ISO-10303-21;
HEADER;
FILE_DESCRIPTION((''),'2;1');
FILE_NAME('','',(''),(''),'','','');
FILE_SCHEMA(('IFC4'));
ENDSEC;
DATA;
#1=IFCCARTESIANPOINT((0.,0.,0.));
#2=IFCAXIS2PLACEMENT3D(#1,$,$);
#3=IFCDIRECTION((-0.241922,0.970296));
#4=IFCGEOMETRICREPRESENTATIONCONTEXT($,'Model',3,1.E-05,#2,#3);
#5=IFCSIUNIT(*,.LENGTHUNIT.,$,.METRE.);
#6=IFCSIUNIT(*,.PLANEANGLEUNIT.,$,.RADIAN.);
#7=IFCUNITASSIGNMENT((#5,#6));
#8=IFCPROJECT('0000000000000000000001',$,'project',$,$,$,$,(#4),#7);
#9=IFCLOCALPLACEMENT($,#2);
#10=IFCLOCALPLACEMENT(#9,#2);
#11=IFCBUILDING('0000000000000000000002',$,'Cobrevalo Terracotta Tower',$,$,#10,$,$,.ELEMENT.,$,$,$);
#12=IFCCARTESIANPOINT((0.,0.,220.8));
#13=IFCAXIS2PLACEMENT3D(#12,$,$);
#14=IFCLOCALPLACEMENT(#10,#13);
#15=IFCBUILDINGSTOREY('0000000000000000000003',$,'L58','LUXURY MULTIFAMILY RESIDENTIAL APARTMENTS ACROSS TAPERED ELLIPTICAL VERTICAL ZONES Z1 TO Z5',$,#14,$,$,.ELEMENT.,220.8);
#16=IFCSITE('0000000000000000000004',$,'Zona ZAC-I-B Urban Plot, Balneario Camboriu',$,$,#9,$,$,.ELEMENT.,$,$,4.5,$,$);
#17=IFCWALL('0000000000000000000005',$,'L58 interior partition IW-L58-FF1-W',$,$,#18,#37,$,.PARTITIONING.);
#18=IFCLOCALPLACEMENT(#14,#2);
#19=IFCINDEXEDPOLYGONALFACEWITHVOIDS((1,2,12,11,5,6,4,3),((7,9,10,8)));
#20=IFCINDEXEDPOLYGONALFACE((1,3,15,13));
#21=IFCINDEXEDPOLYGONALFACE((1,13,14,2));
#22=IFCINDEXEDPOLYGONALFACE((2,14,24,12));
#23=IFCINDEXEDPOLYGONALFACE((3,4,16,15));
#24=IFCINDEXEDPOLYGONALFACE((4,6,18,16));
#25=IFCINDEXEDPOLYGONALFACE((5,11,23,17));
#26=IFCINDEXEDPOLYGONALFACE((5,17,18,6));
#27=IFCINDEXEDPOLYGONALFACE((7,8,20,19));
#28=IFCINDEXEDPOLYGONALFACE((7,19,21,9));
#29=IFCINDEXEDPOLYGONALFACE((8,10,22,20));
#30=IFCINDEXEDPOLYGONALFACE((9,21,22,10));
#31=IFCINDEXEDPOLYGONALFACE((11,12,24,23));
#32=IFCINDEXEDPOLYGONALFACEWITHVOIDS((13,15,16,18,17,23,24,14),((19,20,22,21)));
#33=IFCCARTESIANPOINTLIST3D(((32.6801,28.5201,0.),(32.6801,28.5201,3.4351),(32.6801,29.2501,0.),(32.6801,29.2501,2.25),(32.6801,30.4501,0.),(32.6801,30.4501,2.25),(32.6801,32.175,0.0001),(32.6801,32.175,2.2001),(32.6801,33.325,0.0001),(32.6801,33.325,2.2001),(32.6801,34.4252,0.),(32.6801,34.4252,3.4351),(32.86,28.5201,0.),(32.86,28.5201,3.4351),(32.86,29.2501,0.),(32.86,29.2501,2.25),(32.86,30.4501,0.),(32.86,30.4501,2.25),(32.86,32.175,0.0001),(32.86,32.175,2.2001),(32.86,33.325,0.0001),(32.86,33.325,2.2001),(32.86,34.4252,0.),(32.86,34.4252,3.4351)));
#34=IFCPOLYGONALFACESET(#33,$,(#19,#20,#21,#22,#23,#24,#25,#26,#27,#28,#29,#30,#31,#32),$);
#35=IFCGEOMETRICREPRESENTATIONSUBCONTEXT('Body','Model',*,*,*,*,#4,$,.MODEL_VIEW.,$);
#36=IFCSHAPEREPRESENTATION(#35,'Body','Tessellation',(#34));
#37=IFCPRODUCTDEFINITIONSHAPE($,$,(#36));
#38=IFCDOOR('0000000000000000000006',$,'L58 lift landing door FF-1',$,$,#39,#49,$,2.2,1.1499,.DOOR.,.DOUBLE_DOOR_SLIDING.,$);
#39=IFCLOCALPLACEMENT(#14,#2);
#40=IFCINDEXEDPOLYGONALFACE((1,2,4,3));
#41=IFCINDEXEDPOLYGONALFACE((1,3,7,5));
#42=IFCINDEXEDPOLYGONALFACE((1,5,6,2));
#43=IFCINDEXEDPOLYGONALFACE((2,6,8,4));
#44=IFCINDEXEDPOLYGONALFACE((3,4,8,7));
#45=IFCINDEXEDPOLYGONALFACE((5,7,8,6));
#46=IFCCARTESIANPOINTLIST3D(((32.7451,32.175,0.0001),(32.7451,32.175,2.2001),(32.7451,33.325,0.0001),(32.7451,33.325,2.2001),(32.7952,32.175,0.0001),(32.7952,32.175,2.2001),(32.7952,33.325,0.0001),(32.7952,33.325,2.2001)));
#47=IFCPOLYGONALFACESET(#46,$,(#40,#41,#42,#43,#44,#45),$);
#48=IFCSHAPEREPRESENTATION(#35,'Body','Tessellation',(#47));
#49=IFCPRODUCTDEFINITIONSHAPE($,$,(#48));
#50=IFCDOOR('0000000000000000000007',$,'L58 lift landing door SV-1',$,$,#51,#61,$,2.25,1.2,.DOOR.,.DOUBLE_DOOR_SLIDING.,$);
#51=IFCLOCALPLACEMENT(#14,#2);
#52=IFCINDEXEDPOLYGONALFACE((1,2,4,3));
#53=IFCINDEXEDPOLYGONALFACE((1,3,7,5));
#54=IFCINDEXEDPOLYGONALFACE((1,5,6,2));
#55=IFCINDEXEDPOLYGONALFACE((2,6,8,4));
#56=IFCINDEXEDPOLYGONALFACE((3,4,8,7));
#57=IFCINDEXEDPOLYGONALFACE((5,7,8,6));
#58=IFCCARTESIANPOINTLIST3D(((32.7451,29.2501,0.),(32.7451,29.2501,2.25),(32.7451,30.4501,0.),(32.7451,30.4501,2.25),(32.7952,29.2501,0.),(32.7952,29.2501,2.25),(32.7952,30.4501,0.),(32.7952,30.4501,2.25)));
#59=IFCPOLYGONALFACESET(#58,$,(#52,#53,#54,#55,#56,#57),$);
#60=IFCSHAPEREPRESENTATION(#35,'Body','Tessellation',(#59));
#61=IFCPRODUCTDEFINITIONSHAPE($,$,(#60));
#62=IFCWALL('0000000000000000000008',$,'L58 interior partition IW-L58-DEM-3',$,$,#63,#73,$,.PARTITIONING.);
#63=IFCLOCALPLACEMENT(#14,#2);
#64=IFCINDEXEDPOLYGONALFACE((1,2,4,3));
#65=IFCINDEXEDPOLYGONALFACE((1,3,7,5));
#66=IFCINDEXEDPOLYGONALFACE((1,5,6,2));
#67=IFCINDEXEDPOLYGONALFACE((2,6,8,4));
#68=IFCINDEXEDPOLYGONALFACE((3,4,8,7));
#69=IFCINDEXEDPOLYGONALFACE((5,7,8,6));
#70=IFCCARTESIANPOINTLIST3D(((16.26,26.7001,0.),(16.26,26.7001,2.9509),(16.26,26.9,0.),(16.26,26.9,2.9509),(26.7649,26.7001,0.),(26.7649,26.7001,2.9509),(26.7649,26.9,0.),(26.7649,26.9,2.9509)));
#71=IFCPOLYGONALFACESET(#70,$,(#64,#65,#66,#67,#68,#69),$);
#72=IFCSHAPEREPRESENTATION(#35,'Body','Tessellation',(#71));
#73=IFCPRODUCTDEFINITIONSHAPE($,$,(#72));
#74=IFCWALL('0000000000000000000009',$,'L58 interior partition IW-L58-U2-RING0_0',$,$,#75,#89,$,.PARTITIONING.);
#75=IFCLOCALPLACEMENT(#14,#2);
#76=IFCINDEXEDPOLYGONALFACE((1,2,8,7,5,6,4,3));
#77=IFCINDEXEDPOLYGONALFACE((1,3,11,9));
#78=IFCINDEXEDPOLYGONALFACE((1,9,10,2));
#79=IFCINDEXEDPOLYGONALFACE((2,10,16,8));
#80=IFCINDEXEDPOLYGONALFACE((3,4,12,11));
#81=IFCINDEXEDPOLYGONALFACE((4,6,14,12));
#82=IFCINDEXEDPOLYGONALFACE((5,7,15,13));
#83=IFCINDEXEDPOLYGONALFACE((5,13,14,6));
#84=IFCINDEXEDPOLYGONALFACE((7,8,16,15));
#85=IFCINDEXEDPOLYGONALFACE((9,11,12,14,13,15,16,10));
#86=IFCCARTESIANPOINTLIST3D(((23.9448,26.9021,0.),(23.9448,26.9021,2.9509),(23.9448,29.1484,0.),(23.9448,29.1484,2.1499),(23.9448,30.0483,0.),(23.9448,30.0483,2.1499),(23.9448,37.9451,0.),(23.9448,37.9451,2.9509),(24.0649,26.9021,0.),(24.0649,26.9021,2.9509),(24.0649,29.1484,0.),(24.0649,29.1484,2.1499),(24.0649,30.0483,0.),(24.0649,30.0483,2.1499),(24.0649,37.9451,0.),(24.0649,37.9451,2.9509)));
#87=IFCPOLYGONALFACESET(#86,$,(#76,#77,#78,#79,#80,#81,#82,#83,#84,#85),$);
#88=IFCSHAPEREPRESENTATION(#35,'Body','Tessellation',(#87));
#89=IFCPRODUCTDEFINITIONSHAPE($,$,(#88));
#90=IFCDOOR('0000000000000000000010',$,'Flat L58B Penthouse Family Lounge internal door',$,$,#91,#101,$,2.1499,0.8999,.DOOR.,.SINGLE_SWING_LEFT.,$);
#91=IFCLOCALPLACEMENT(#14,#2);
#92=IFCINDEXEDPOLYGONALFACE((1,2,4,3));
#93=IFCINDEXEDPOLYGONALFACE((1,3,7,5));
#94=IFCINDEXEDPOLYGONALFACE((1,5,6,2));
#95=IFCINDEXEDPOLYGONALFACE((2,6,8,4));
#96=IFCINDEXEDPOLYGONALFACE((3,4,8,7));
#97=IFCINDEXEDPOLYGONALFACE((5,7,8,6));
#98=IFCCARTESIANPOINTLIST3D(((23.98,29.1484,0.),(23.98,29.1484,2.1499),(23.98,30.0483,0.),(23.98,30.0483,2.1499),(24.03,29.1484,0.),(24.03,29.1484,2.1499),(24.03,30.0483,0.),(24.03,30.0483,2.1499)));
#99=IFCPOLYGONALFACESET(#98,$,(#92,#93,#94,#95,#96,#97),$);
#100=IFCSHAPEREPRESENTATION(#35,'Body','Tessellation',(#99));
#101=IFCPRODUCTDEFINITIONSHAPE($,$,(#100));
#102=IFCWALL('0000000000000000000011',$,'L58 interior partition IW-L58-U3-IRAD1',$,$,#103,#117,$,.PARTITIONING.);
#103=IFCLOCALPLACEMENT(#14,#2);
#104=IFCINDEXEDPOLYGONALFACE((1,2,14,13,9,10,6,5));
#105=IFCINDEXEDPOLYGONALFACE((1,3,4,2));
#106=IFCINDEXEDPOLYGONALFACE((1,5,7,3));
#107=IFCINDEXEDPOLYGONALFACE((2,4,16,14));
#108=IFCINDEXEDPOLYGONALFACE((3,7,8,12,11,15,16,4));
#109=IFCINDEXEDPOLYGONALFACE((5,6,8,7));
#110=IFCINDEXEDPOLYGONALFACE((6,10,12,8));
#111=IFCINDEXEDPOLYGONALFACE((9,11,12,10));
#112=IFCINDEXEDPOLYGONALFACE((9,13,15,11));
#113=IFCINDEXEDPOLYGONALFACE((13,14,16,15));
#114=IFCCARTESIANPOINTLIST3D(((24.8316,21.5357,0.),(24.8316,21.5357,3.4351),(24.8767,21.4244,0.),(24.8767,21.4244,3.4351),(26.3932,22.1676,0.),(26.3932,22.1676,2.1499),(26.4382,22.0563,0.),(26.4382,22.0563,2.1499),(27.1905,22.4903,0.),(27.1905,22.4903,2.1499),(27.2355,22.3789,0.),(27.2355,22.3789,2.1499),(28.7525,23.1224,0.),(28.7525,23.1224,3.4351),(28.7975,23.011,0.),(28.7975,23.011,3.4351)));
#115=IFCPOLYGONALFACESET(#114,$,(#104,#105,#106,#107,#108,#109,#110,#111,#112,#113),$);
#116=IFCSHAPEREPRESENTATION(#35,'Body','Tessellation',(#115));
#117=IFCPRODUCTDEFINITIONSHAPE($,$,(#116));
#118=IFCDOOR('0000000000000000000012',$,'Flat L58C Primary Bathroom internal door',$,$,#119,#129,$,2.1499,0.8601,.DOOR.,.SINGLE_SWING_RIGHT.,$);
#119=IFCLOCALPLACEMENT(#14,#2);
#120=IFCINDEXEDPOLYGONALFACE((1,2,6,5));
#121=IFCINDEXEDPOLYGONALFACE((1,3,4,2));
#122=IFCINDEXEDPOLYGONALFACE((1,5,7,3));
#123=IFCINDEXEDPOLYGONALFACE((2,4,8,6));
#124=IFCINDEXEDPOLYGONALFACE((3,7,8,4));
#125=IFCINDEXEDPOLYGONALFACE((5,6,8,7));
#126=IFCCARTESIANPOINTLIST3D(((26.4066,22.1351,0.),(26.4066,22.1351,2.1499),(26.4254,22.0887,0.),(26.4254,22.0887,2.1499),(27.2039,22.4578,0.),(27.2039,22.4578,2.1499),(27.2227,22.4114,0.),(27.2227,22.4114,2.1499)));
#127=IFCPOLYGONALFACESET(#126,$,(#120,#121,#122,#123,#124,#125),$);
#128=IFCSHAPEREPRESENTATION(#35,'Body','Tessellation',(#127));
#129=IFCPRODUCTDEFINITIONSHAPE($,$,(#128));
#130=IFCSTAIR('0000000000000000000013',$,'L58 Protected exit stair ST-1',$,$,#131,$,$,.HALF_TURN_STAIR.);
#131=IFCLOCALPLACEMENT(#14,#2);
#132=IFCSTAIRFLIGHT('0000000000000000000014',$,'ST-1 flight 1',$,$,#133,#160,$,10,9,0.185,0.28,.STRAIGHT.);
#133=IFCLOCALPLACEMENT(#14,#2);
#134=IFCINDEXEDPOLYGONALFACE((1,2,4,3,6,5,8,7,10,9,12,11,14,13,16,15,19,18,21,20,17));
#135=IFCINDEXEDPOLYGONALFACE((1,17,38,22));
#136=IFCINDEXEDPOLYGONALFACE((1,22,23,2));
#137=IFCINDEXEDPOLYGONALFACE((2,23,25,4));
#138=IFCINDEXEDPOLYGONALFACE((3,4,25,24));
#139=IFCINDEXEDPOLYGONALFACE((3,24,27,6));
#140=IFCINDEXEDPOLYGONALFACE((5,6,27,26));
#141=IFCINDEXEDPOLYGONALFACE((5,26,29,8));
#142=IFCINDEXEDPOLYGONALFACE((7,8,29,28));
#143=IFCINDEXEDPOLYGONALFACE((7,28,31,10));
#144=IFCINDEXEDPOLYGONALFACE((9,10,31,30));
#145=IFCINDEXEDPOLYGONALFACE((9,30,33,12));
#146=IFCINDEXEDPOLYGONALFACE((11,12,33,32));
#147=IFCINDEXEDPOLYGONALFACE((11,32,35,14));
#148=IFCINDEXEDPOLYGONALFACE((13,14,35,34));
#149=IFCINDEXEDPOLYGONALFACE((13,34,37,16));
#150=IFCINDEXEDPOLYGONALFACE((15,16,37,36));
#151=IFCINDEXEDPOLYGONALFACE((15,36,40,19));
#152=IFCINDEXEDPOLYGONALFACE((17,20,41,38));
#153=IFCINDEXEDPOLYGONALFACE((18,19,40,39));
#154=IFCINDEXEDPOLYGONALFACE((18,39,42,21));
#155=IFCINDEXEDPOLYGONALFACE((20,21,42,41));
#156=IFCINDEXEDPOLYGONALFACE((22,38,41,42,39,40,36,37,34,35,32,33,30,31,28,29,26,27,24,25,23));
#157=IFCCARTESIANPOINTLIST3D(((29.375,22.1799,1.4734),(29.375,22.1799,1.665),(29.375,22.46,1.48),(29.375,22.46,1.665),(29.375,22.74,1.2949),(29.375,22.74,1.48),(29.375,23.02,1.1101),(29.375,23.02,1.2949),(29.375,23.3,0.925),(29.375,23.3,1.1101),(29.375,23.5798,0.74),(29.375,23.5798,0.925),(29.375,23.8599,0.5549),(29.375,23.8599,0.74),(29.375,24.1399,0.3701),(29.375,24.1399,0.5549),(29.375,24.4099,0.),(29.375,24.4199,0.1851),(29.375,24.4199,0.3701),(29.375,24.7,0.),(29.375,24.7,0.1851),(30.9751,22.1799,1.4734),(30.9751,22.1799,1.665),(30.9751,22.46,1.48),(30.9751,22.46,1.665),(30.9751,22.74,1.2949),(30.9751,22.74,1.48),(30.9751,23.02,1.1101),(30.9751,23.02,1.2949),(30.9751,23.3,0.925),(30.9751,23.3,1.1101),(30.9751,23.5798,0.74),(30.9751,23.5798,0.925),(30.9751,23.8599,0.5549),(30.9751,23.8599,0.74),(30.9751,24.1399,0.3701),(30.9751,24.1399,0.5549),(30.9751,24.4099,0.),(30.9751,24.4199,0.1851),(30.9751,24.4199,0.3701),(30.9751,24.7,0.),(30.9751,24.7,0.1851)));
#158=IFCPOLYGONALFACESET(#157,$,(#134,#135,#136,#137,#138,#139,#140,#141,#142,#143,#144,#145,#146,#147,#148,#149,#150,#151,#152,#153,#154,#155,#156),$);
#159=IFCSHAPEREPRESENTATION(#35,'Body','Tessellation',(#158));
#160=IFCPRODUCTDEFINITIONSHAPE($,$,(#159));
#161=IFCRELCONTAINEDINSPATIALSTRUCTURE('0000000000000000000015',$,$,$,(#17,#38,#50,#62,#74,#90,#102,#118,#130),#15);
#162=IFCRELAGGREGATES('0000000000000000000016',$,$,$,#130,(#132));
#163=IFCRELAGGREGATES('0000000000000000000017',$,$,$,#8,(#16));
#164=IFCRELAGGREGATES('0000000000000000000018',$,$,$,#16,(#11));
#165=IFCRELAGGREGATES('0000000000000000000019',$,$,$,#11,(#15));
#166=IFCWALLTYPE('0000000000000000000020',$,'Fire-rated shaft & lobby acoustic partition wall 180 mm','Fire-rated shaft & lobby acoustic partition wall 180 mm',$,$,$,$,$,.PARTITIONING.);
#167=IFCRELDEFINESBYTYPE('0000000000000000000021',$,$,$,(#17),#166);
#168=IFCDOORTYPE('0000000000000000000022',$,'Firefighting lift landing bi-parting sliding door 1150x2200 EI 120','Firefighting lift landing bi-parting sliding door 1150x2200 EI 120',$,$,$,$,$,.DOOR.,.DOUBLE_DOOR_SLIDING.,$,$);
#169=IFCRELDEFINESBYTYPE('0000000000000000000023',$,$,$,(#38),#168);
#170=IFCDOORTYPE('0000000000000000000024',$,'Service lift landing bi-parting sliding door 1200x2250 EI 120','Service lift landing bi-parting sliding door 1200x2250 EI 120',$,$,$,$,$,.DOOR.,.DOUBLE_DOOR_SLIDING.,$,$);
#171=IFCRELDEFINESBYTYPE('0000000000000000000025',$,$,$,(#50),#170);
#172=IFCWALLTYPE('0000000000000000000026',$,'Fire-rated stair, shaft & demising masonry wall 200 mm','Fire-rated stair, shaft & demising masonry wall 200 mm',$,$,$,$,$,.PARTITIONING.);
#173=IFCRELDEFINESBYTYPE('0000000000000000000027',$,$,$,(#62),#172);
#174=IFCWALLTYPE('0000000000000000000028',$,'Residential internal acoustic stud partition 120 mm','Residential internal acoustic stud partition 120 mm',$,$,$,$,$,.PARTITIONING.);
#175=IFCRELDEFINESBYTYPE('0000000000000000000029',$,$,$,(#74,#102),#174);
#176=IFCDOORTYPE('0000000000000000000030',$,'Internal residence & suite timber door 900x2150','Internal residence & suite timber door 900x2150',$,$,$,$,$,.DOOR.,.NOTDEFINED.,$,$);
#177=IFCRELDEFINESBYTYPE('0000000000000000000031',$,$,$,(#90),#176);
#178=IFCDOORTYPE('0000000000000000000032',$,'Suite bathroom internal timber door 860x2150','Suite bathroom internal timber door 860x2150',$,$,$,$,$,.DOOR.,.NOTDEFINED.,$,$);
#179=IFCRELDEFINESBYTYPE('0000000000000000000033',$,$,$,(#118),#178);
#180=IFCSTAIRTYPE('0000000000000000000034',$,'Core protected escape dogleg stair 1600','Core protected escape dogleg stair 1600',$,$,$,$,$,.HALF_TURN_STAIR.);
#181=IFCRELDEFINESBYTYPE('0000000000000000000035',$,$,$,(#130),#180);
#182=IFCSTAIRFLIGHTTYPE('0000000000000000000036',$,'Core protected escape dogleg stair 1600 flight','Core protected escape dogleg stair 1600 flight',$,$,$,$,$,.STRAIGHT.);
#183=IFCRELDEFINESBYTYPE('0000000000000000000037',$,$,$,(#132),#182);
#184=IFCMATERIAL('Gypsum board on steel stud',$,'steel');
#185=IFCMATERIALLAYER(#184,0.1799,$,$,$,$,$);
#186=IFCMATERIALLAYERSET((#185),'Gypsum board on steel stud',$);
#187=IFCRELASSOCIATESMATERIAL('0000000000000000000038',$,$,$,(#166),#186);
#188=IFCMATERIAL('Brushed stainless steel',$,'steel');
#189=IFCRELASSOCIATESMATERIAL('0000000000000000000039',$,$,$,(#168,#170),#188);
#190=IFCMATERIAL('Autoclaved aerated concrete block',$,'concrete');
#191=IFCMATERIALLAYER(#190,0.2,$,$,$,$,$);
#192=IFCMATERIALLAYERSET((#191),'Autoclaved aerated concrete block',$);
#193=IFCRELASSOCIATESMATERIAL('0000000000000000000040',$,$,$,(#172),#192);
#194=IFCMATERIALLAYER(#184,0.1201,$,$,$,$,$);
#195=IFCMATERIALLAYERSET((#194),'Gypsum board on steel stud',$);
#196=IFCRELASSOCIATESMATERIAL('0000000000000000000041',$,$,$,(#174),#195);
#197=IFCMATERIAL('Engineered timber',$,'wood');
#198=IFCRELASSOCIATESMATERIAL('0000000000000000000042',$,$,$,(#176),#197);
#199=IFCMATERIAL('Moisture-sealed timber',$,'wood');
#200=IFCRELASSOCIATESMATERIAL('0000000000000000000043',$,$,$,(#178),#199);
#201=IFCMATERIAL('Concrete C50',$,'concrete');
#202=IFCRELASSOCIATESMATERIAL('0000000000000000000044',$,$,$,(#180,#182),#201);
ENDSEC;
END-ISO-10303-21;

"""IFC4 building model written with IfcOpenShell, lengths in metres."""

from ifc_helpers import new_model, si_unit, direction, frame, frame_2d, origin, place, context, subcontext, project, spatial, polyline, rectangle, outline, extrude, source, transform, mapped, material, layer, layer_set, type_object, element, fill, aggregate, save


model = new_model("IFC4")

# Units and contexts
model_context = context("Model", 3, precision=1e-05, world=origin(), true_north=direction((-0.241922, 0.970296)))
body_context = subcontext(model_context, "Body", "Model", "MODEL_VIEW")
ifc_project = project(units=[si_unit("LENGTHUNIT", "METRE"), si_unit("PLANEANGLEUNIT", "RADIAN")], contexts=[model_context])

# Site, building, storey
site_placement = place(None, origin())
site = spatial("IfcSite", under=ifc_project, at=site_placement, Name="Zona ZAC-I-B Urban Plot, Balneario Camboriu", CompositionType="ELEMENT", RefElevation=4.5)
building_placement = place(site_placement, origin())
building = spatial("IfcBuilding", under=site, at=building_placement, Name="Cobrevalo Terracotta Tower", CompositionType="ELEMENT")
storey_placement = place(building_placement, frame((0.0, 0.0, 220.8)))
storey = spatial("IfcBuildingStorey", under=building, at=storey_placement, Name="L58", Description="LUXURY MULTIFAMILY RESIDENTIAL APARTMENTS ACROSS TAPERED ELLIPTICAL VERTICAL ZONES Z1 TO Z5", CompositionType="ELEMENT", Elevation=220.8)

# Shared definitions
ifc_material_1 = material(Name="Gypsum board on steel stud", Category="steel")

# Shared definitions
ifc_layer_1 = layer(ifc_material_1, 0.1799)
ifc_layer_set_1 = layer_set([ifc_layer_1], Name="Gypsum board on steel stud")
wall_type_1 = type_object("IfcWallType", Name="Fire-rated shaft & lobby acoustic partition wall 180 mm", Description="Fire-rated shaft & lobby acoustic partition wall 180 mm", PredefinedType="PARTITIONING", material=ifc_layer_set_1)

# Wall, openings, doors
wall_1_placement = place(storey_placement, frame((32.77, 28.52, 0.0), z_axis=(0.0, 0.0, 1.0), x_axis=(0.0, 1.0, 0.0)))
wall_1 = element("IfcWall", 1, at=wall_1_placement, inside=storey, type_object=wall_type_1, Name="L58 interior partition IW-L58-FF1-W", PredefinedType="PARTITIONING", context=body_context, shape_type="SweptSolid", body=[
    extrude(rectangle(XDim=5.905, YDim=0.1799, at=frame_2d((2.9526, 0.0))), origin(), (0.0, 0.0, 1.0), 3.4351),
])
opening_1_placement = place(wall_1_placement, frame((3.655, 0.0, 0.0)))
opening_1 = element("IfcOpeningElement", 2, at=opening_1_placement, cuts=wall_1, PredefinedType="OPENING", context=body_context, shape_type="SweptSolid", body=[
    extrude(rectangle(XDim=1.1499, YDim=2.2, at=frame_2d((0.575, 1.1001))), frame((0.0, 0.1001, 0.0), z_axis=(0.0, -1.0, 0.0), x_axis=(1.0, 0.0, 0.0)), (0.0, 0.0, 1.0), 0.2),
])
opening_2_placement = place(wall_1_placement, frame((0.73, 0.0, 0.0)))
opening_2 = element("IfcOpeningElement", 3, at=opening_2_placement, cuts=wall_1, PredefinedType="OPENING", context=body_context, shape_type="SweptSolid", body=[
    extrude(rectangle(XDim=1.2, YDim=2.25, at=frame_2d((0.6001, 1.125))), frame((0.0, 0.1001, 0.0), z_axis=(0.0, -1.0, 0.0), x_axis=(1.0, 0.0, 0.0)), (0.0, 0.0, 1.0), 0.2),
])
ifc_material_2 = material(Name="Brushed stainless steel", Category="steel")
door_type_1 = type_object("IfcDoorType", Name="Firefighting lift landing bi-parting sliding door 1150x2200 EI 120", Description="Firefighting lift landing bi-parting sliding door 1150x2200 EI 120", OperationType="DOUBLE_DOOR_SLIDING", PredefinedType="DOOR", material=ifc_material_2)
shared_shape_1 = source(origin(), body_context, "Body", "SweptSolid", [
    extrude(rectangle(XDim=1.1499, YDim=2.2, at=frame_2d((0.575, 1.1001))), frame((0.0, 0.0249, 0.0), z_axis=(0.0, -1.0, 0.0), x_axis=(1.0, 0.0, 0.0)), (0.0, 0.0, 1.0), 0.05),
])
door_1_placement = place(opening_1_placement, origin())
door_1 = element("IfcDoor", 4, at=door_1_placement, inside=storey, type_object=door_type_1, Name="L58 lift landing door FF-1", OperationType="DOUBLE_DOOR_SLIDING", OverallHeight=2.2, OverallWidth=1.1499, PredefinedType="DOOR", context=body_context, shape_type="MappedRepresentation", body=[
    mapped(shared_shape_1, transform((0.0, 0.0, 0.0), scale=1.0)),
])
fill(opening_1, door_1)
door_type_2 = type_object("IfcDoorType", Name="Service lift landing bi-parting sliding door 1200x2250 EI 120", Description="Service lift landing bi-parting sliding door 1200x2250 EI 120", OperationType="DOUBLE_DOOR_SLIDING", PredefinedType="DOOR", material=ifc_material_2)
shared_shape_2 = source(origin(), body_context, "Body", "SweptSolid", [
    extrude(rectangle(XDim=1.2, YDim=2.25, at=frame_2d((0.6001, 1.125))), frame((0.0, 0.0249, 0.0), z_axis=(0.0, -1.0, 0.0), x_axis=(1.0, 0.0, 0.0)), (0.0, 0.0, 1.0), 0.05),
])
door_2_placement = place(opening_2_placement, origin())
door_2 = element("IfcDoor", 5, at=door_2_placement, inside=storey, type_object=door_type_2, Name="L58 lift landing door SV-1", OperationType="DOUBLE_DOOR_SLIDING", OverallHeight=2.25, OverallWidth=1.2, PredefinedType="DOOR", context=body_context, shape_type="MappedRepresentation", body=[
    mapped(shared_shape_2, transform((0.0, 0.0, 0.0), scale=1.0)),
])
fill(opening_2, door_2)

# Wall
ifc_material_3 = material(Name="Autoclaved aerated concrete block", Category="concrete")
ifc_layer_2 = layer(ifc_material_3, 0.2)
ifc_layer_set_2 = layer_set([ifc_layer_2], Name="Autoclaved aerated concrete block")
wall_type_2 = type_object("IfcWallType", Name="Fire-rated stair, shaft & demising masonry wall 200 mm", Description="Fire-rated stair, shaft & demising masonry wall 200 mm", PredefinedType="PARTITIONING", material=ifc_layer_set_2)
wall_2_placement = place(storey_placement, frame((26.7649, 26.8, 0.0), z_axis=(0.0, 0.0, 1.0), x_axis=(-1.0, 0.0, 0.0)))
element("IfcWall", 6, at=wall_2_placement, inside=storey, type_object=wall_type_2, Name="L58 interior partition IW-L58-DEM-3", PredefinedType="PARTITIONING", context=body_context, shape_type="SweptSolid", body=[
    extrude(rectangle(XDim=10.5049, YDim=0.2, at=frame_2d((5.2524, 0.0))), origin(), (0.0, 0.0, 1.0), 2.9509),
])

# Walls, openings, doors
ifc_layer_3 = layer(ifc_material_1, 0.1201)
ifc_layer_set_3 = layer_set([ifc_layer_3], Name="Gypsum board on steel stud")
wall_type_3 = type_object("IfcWallType", Name="Residential internal acoustic stud partition 120 mm", Description="Residential internal acoustic stud partition 120 mm", PredefinedType="PARTITIONING", material=ifc_layer_set_3)
wall_3_placement = place(storey_placement, frame((24.0049, 26.9021, 0.0), z_axis=(0.0, 0.0, 1.0), x_axis=(0.0, 1.0, 0.0)))
wall_3 = element("IfcWall", 7, at=wall_3_placement, inside=storey, type_object=wall_type_3, Name="L58 interior partition IW-L58-U2-RING0_0", PredefinedType="PARTITIONING", context=body_context, shape_type="SweptSolid", body=[
    extrude(rectangle(XDim=11.043, YDim=0.1201, at=frame_2d((5.5215, 0.0))), origin(), (0.0, 0.0, 1.0), 2.9509),
])
opening_3_placement = place(wall_3_placement, frame((2.2463, 0.0, 0.0)))
opening_3 = element("IfcOpeningElement", 8, at=opening_3_placement, cuts=wall_3, PredefinedType="OPENING", context=body_context, shape_type="SweptSolid", body=[
    extrude(rectangle(XDim=0.8999, YDim=2.1499, at=frame_2d((0.45, 1.075))), frame((0.0, 0.0701, 0.0), z_axis=(0.0, -1.0, 0.0), x_axis=(1.0, 0.0, 0.0)), (0.0, 0.0, 1.0), 0.1401),
])
ifc_material_4 = material(Name="Engineered timber", Category="wood")
door_type_3 = type_object("IfcDoorType", Name="Internal residence & suite timber door 900x2150", Description="Internal residence & suite timber door 900x2150", OperationType="NOTDEFINED", PredefinedType="DOOR", material=ifc_material_4)
shared_shape_3 = source(origin(), body_context, "Body", "SweptSolid", [
    extrude(rectangle(XDim=0.8999, YDim=2.1499, at=frame_2d((0.45, 1.075))), frame((0.0, 0.0249, 0.0), z_axis=(0.0, -1.0, 0.0), x_axis=(1.0, 0.0, 0.0)), (0.0, 0.0, 1.0), 0.05),
])
door_3_placement = place(opening_3_placement, origin())
door_3 = element("IfcDoor", 9, at=door_3_placement, inside=storey, type_object=door_type_3, Name="Flat L58B Penthouse Family Lounge internal door", OperationType="SINGLE_SWING_LEFT", OverallHeight=2.1499, OverallWidth=0.8999, PredefinedType="DOOR", context=body_context, shape_type="MappedRepresentation", body=[
    mapped(shared_shape_3, transform((0.0, 0.0, 0.0), scale=1.0)),
])
fill(opening_3, door_3)
wall_4_placement = place(storey_placement, frame((28.7749, 23.0667, 0.0), z_axis=(0.0, 0.0, 1.0), x_axis=(-0.926976, -0.37512, 0.0)))
wall_4 = element("IfcWall", 10, at=wall_4_placement, inside=storey, type_object=wall_type_3, Name="L58 interior partition IW-L58-U3-IRAD1", PredefinedType="PARTITIONING", context=body_context, shape_type="SweptSolid", body=[
    extrude(rectangle(XDim=4.2297, YDim=0.1201, at=frame_2d((2.1147, 0.0))), origin(), (0.0, 0.0, 1.0), 3.4351),
])
opening_4_placement = place(wall_4_placement, frame((1.6848, 0.0, 0.0)))
opening_4 = element("IfcOpeningElement", 11, at=opening_4_placement, cuts=wall_4, PredefinedType="OPENING", context=body_context, shape_type="SweptSolid", body=[
    extrude(rectangle(XDim=0.8601, YDim=2.1499, at=frame_2d((0.4302, 1.075))), frame((0.0, 0.0701, 0.0), z_axis=(0.0, -1.0, 0.0), x_axis=(1.0, 0.0, 0.0)), (0.0, 0.0, 1.0), 0.1401),
])
ifc_material_5 = material(Name="Moisture-sealed timber", Category="wood")
door_type_4 = type_object("IfcDoorType", Name="Suite bathroom internal timber door 860x2150", Description="Suite bathroom internal timber door 860x2150", OperationType="NOTDEFINED", PredefinedType="DOOR", material=ifc_material_5)
shared_shape_4 = source(origin(), body_context, "Body", "SweptSolid", [
    extrude(rectangle(XDim=0.8601, YDim=2.1499, at=frame_2d((0.4302, 1.075))), frame((0.0, 0.0249, 0.0), z_axis=(0.0, -1.0, 0.0), x_axis=(1.0, 0.0, 0.0)), (0.0, 0.0, 1.0), 0.05),
])
door_4_placement = place(opening_4_placement, frame((0.8601, 0.0, 0.0), z_axis=(0.0, 0.0, 1.0), x_axis=(-1.0, 0.0, 0.0)))
door_4 = element("IfcDoor", 12, at=door_4_placement, inside=storey, type_object=door_type_4, Name="Flat L58C Primary Bathroom internal door", OperationType="SINGLE_SWING_RIGHT", OverallHeight=2.1499, OverallWidth=0.8601, PredefinedType="DOOR", context=body_context, shape_type="MappedRepresentation", body=[
    mapped(shared_shape_4, transform((0.0, 0.0, 0.0), scale=1.0)),
])
fill(opening_4, door_4)
ifc_material_6 = material(Name="Concrete C50", Category="concrete")

# Stair, stair flight
stair_type = type_object("IfcStairType", Name="Core protected escape dogleg stair 1600", Description="Core protected escape dogleg stair 1600", PredefinedType="HALF_TURN_STAIR", material=ifc_material_6)
stair_placement = place(storey_placement, origin())
stair = element("IfcStair", 13, at=stair_placement, inside=storey, type_object=stair_type, Name="L58 Protected exit stair ST-1", PredefinedType="HALF_TURN_STAIR")
stair_flight_type = type_object("IfcStairFlightType", Name="Core protected escape dogleg stair 1600 flight", Description="Core protected escape dogleg stair 1600 flight", PredefinedType="STRAIGHT", material=ifc_material_6)
stair_flight_placement = place(storey_placement, frame((30.175, 24.7, 0.0), z_axis=(0.0, 0.0, 1.0), x_axis=(0.0, -1.0, 0.0)))
stair_flight = element("IfcStairFlight", 14, at=stair_flight_placement, type_object=stair_flight_type, Name="ST-1 flight 1", NumberOfRisers=10, NumberOfTreads=9, PredefinedType="STRAIGHT", RiserHeight=0.185, TreadLength=0.28, context=body_context, shape_type="SweptSolid", body=[
    extrude(outline(polyline([(0.0, 0.0), (0.0, 0.1851), (0.28, 0.1851), (0.28, 0.3701), (0.5601, 0.3701), (0.5601, 0.5549), (0.8401, 0.5549), (0.8401, 0.74), (1.1201, 0.74), (1.1201, 0.925), (1.3999, 0.925), (1.3999, 1.1101), (1.6799, 1.1101), (1.6799, 1.2949), (1.96, 1.2949), (1.96, 1.48), (2.24, 1.48), (2.24, 1.665), (2.52, 1.665), (2.52, 1.8501), (2.52, 1.4734), (0.29, 0.0), (0.0, 0.0)])), frame((0.0, 0.8, 0.0), z_axis=(0.0, -1.0, 0.0), x_axis=(1.0, 0.0, 0.0)), (0.0, 0.0, 1.0), 1.6001),
])
aggregate(stair, [stair_flight])

save(model, "model.ifc")
